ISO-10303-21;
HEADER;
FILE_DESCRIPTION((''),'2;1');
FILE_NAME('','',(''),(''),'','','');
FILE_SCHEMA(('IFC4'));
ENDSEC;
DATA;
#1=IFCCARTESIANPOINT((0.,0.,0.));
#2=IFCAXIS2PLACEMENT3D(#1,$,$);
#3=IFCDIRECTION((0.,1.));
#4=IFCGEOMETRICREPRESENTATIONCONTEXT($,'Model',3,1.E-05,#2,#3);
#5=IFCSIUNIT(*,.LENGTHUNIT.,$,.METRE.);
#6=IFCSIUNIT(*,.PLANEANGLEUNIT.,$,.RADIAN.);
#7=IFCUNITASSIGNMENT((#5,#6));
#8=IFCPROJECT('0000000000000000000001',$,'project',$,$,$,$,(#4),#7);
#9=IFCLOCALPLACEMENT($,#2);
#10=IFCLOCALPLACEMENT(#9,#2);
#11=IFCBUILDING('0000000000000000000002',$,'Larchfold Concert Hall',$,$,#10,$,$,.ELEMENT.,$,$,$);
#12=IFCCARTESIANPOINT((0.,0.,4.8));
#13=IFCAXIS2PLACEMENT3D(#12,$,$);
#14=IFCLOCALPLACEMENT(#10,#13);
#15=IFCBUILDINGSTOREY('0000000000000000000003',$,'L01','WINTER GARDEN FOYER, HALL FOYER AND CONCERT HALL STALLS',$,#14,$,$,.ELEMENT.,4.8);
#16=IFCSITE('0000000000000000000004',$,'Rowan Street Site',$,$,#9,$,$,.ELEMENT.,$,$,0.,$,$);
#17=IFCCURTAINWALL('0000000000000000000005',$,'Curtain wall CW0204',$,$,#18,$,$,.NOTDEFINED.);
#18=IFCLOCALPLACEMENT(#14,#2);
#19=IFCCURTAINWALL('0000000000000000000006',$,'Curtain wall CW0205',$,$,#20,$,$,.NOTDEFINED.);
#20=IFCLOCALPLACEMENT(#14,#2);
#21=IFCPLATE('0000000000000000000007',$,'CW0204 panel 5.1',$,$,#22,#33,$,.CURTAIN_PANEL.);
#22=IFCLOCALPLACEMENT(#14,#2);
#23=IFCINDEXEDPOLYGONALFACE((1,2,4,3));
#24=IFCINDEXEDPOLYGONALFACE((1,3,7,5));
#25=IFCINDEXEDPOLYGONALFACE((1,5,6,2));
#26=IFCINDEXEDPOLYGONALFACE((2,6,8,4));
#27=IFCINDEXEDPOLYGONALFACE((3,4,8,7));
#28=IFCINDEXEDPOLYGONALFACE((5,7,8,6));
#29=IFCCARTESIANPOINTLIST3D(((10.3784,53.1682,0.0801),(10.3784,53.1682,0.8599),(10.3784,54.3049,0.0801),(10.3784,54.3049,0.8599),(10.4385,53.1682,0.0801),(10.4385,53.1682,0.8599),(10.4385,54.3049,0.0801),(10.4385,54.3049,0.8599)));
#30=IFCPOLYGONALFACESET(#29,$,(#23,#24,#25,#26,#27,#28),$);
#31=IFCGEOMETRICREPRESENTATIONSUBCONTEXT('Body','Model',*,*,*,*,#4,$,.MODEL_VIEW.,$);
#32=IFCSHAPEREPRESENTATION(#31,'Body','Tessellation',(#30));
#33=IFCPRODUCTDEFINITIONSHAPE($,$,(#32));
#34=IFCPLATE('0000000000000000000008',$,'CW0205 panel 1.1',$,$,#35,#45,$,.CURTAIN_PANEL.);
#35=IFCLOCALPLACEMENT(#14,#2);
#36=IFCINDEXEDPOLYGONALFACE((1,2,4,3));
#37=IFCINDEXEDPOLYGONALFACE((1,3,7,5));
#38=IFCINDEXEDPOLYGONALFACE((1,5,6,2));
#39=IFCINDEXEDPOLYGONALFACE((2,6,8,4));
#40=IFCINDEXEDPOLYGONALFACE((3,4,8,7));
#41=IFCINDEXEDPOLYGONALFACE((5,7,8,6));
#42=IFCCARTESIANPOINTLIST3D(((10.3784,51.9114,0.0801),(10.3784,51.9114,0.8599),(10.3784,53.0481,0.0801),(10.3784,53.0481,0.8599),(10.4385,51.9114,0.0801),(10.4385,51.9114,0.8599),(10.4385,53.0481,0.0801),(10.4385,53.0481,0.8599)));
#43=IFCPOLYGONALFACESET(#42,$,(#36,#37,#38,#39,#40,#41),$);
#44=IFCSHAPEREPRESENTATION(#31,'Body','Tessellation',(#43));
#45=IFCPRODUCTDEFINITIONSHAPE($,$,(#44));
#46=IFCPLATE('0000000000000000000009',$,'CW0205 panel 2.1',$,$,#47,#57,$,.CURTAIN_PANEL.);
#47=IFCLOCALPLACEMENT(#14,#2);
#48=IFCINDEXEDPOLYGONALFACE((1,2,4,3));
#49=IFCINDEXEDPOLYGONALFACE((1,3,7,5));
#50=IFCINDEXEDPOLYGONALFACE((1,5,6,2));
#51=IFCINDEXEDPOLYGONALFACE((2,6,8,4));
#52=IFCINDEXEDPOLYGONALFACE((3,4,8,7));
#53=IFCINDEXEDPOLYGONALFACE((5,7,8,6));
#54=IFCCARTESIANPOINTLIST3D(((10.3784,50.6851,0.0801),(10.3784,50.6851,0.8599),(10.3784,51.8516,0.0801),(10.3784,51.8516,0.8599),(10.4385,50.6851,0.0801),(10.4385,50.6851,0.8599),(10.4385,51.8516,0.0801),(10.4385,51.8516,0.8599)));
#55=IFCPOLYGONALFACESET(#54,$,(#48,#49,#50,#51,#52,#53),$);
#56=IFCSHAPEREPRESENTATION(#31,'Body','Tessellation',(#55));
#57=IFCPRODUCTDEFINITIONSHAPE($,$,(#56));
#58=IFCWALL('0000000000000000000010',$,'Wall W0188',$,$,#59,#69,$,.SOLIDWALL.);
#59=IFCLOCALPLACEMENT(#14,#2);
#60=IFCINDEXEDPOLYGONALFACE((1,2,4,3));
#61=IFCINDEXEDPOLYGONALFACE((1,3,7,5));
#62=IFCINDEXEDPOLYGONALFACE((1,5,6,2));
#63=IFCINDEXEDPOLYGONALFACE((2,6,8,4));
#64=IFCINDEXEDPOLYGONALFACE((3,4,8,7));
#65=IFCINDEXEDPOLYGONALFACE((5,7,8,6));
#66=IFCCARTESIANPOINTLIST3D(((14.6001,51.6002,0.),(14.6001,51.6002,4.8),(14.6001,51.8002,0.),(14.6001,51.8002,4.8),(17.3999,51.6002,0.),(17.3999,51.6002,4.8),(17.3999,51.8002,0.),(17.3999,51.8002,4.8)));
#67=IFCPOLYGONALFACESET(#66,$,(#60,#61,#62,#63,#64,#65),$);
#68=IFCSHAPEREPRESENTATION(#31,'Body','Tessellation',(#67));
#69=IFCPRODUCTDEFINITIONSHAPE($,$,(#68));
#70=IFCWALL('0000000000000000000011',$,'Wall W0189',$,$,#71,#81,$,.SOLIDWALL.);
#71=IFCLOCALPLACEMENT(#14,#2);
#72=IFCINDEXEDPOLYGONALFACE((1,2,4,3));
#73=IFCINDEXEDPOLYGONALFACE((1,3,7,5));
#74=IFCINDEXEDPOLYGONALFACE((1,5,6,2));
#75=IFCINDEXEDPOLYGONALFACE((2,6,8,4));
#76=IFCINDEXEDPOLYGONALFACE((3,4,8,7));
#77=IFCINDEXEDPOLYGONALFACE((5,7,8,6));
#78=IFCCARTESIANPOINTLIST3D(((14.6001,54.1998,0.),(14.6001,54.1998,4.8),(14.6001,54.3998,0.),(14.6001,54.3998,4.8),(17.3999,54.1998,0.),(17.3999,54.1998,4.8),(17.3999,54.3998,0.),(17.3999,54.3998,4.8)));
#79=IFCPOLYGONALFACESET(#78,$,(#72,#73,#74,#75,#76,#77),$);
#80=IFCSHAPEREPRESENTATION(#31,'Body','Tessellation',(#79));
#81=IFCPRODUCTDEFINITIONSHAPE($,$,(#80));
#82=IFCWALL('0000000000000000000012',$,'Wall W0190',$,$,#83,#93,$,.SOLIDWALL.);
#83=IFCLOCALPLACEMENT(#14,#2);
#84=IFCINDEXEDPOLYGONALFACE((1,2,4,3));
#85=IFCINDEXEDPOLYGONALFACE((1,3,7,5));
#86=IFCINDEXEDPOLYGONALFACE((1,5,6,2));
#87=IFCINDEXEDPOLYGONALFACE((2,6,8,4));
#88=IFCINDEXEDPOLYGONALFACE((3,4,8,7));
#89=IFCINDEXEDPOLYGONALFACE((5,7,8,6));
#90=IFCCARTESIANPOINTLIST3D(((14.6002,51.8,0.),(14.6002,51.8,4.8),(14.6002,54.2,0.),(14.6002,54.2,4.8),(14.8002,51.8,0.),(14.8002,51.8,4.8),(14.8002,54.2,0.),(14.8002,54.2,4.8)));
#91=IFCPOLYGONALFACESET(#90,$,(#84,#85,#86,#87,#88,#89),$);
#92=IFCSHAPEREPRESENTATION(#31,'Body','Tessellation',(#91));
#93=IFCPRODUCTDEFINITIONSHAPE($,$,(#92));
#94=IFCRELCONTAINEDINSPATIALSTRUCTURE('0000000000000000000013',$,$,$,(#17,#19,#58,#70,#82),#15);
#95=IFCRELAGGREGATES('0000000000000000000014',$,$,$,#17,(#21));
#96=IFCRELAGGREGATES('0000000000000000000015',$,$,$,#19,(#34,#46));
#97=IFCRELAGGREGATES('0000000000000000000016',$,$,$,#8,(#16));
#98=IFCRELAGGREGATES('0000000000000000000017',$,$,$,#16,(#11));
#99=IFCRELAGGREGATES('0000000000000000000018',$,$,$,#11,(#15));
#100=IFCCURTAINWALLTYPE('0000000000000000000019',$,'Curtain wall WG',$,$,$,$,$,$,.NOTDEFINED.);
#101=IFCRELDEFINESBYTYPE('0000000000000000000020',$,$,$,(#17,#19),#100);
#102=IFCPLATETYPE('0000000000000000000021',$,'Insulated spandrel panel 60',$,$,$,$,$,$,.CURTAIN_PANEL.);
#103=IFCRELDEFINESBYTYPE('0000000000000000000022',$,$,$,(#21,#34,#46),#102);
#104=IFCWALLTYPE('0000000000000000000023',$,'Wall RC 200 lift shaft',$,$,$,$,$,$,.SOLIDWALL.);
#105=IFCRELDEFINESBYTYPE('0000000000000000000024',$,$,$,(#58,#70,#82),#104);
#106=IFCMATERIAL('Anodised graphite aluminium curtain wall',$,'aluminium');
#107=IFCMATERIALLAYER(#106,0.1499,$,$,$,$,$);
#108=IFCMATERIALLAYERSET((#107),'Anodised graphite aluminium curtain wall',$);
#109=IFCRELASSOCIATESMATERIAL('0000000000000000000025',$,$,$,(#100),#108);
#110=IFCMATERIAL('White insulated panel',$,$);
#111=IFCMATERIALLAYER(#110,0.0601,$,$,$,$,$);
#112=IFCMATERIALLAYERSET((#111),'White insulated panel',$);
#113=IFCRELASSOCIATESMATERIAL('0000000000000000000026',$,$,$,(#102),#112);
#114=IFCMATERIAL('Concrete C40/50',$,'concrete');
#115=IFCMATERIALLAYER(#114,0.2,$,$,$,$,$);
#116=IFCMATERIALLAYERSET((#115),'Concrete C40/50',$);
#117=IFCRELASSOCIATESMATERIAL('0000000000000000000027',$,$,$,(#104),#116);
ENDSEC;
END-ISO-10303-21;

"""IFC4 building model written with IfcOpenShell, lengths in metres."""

from ifc_helpers import new_model, si_unit, direction, frame, frame_2d, origin, origin_2d, place, context, subcontext, project, spatial, rectangle, extrude, material, layer, layer_set, type_object, element, aggregate, save


model = new_model("IFC4")

# Units and contexts
model_context = context("Model", 3, precision=1e-05, world=origin(), true_north=direction((0.0, 1.0)))
body_context = subcontext(model_context, "Body", "Model", "MODEL_VIEW")
ifc_project = project(units=[si_unit("LENGTHUNIT", "METRE"), si_unit("PLANEANGLEUNIT", "RADIAN")], contexts=[model_context])

# Site, building, storey
site_placement = place(None, origin())
site = spatial("IfcSite", under=ifc_project, at=site_placement, Name="Rowan Street Site", CompositionType="ELEMENT", RefElevation=0.0)
building_placement = place(site_placement, origin())
building = spatial("IfcBuilding", under=site, at=building_placement, Name="Larchfold Concert Hall", CompositionType="ELEMENT")
storey_placement = place(building_placement, frame((0.0, 0.0, 4.8)))
storey = spatial("IfcBuildingStorey", under=building, at=storey_placement, Name="L01", Description="WINTER GARDEN FOYER, HALL FOYER AND CONCERT HALL STALLS", CompositionType="ELEMENT", Elevation=4.8)

# Curtain walls
ifc_material_1 = material(Name="Anodised graphite aluminium curtain wall", Category="aluminium")
ifc_layer_1 = layer(ifc_material_1, 0.1499)
ifc_layer_set_1 = layer_set([ifc_layer_1], Name="Anodised graphite aluminium curtain wall")
curtain_wall_type = type_object("IfcCurtainWallType", Name="Curtain wall WG", PredefinedType="NOTDEFINED", material=ifc_layer_set_1)
curtain_wall_1_placement = place(storey_placement, origin())
curtain_wall_1 = element("IfcCurtainWall", 1, at=curtain_wall_1_placement, inside=storey, type_object=curtain_wall_type, Name="Curtain wall CW0204", PredefinedType="NOTDEFINED")
curtain_wall_2_placement = place(storey_placement, origin())
curtain_wall_2 = element("IfcCurtainWall", 2, at=curtain_wall_2_placement, inside=storey, type_object=curtain_wall_type, Name="Curtain wall CW0205", PredefinedType="NOTDEFINED")

# Plates
ifc_material_2 = material(Name="White insulated panel")
ifc_layer_2 = layer(ifc_material_2, 0.0601)
ifc_layer_set_2 = layer_set([ifc_layer_2], Name="White insulated panel")
plate_type_1 = type_object("IfcPlateType", Name="Insulated spandrel panel 60", PredefinedType="CURTAIN_PANEL", material=ifc_layer_set_2)
plate_1_placement = place(storey_placement, frame((10.4084, 53.7366, 0.0801), z_axis=(0.0, 0.0, 1.0), x_axis=(0.0, -1.0, 0.0)))
plate_1 = element("IfcPlate", 3, at=plate_1_placement, type_object=plate_type_1, Name="CW0204 panel 5.1", PredefinedType="CURTAIN_PANEL", context=body_context, shape_type="SweptSolid", body=[
    extrude(rectangle(XDim=1.1367, YDim=0.0601, at=origin_2d()), origin(), (0.0, 0.0, 1.0), 0.7798),
])
aggregate(curtain_wall_1, [plate_1])
plate_2_placement = place(storey_placement, frame((10.4084, 52.4797, 0.0801), z_axis=(0.0, 0.0, 1.0), x_axis=(0.0, -1.0, 0.0)))
plate_2 = element("IfcPlate", 4, at=plate_2_placement, type_object=plate_type_1, Name="CW0205 panel 1.1", PredefinedType="CURTAIN_PANEL", context=body_context, shape_type="SweptSolid", body=[
    extrude(rectangle(XDim=1.1367, YDim=0.0601, at=origin_2d()), origin(), (0.0, 0.0, 1.0), 0.7798),
])
plate_3_placement = place(storey_placement, frame((10.4084, 51.2683, 0.0801), z_axis=(0.0, 0.0, 1.0), x_axis=(0.0, -1.0, 0.0)))
plate_3 = element("IfcPlate", 5, at=plate_3_placement, type_object=plate_type_1, Name="CW0205 panel 2.1", PredefinedType="CURTAIN_PANEL", context=body_context, shape_type="SweptSolid", body=[
    extrude(rectangle(XDim=1.1665, YDim=0.0601, at=origin_2d()), origin(), (0.0, 0.0, 1.0), 0.7798),
])
aggregate(curtain_wall_2, [plate_2, plate_3])

# Walls
ifc_material_3 = material(Name="Concrete C40/50", Category="concrete")
ifc_layer_3 = layer(ifc_material_3, 0.2)
ifc_layer_set_3 = layer_set([ifc_layer_3], Name="Concrete C40/50")
wall_type = type_object("IfcWallType", Name="Wall RC 200 lift shaft", PredefinedType="SOLIDWALL", material=ifc_layer_set_3)
for number, where, z_axis, x_axis, name in (
    (6, (14.6001, 51.7002, 0.0), (0.0, 0.0, 1.0), (1.0, 0.0, 0.0), "Wall W0188"),
    (7, (14.6001, 54.2998, 0.0), (0.0, 0.0, 1.0), (1.0, 0.0, 0.0), "Wall W0189"),
):
    element("IfcWall", number, at=place(storey_placement, frame(where, z_axis=z_axis, x_axis=x_axis)), inside=storey, type_object=wall_type, Name=name, PredefinedType="SOLIDWALL", context=body_context, shape_type="SweptSolid", body=[
        extrude(rectangle(XDim=2.7998, YDim=0.2, at=frame_2d((1.3999, 0.0))), origin(), (0.0, 0.0, 1.0), 4.8),
    ])
wall_placement = place(storey_placement, frame((14.7002, 51.8, 0.0), z_axis=(0.0, 0.0, 1.0), x_axis=(0.0, 1.0, 0.0)))
element("IfcWall", 8, at=wall_placement, inside=storey, type_object=wall_type, Name="Wall W0190", PredefinedType="SOLIDWALL", context=body_context, shape_type="SweptSolid", body=[
    extrude(rectangle(XDim=2.3999, YDim=0.2, at=frame_2d((1.2, 0.0))), origin(), (0.0, 0.0, 1.0), 4.8),
])

save(model, "model.ifc")
